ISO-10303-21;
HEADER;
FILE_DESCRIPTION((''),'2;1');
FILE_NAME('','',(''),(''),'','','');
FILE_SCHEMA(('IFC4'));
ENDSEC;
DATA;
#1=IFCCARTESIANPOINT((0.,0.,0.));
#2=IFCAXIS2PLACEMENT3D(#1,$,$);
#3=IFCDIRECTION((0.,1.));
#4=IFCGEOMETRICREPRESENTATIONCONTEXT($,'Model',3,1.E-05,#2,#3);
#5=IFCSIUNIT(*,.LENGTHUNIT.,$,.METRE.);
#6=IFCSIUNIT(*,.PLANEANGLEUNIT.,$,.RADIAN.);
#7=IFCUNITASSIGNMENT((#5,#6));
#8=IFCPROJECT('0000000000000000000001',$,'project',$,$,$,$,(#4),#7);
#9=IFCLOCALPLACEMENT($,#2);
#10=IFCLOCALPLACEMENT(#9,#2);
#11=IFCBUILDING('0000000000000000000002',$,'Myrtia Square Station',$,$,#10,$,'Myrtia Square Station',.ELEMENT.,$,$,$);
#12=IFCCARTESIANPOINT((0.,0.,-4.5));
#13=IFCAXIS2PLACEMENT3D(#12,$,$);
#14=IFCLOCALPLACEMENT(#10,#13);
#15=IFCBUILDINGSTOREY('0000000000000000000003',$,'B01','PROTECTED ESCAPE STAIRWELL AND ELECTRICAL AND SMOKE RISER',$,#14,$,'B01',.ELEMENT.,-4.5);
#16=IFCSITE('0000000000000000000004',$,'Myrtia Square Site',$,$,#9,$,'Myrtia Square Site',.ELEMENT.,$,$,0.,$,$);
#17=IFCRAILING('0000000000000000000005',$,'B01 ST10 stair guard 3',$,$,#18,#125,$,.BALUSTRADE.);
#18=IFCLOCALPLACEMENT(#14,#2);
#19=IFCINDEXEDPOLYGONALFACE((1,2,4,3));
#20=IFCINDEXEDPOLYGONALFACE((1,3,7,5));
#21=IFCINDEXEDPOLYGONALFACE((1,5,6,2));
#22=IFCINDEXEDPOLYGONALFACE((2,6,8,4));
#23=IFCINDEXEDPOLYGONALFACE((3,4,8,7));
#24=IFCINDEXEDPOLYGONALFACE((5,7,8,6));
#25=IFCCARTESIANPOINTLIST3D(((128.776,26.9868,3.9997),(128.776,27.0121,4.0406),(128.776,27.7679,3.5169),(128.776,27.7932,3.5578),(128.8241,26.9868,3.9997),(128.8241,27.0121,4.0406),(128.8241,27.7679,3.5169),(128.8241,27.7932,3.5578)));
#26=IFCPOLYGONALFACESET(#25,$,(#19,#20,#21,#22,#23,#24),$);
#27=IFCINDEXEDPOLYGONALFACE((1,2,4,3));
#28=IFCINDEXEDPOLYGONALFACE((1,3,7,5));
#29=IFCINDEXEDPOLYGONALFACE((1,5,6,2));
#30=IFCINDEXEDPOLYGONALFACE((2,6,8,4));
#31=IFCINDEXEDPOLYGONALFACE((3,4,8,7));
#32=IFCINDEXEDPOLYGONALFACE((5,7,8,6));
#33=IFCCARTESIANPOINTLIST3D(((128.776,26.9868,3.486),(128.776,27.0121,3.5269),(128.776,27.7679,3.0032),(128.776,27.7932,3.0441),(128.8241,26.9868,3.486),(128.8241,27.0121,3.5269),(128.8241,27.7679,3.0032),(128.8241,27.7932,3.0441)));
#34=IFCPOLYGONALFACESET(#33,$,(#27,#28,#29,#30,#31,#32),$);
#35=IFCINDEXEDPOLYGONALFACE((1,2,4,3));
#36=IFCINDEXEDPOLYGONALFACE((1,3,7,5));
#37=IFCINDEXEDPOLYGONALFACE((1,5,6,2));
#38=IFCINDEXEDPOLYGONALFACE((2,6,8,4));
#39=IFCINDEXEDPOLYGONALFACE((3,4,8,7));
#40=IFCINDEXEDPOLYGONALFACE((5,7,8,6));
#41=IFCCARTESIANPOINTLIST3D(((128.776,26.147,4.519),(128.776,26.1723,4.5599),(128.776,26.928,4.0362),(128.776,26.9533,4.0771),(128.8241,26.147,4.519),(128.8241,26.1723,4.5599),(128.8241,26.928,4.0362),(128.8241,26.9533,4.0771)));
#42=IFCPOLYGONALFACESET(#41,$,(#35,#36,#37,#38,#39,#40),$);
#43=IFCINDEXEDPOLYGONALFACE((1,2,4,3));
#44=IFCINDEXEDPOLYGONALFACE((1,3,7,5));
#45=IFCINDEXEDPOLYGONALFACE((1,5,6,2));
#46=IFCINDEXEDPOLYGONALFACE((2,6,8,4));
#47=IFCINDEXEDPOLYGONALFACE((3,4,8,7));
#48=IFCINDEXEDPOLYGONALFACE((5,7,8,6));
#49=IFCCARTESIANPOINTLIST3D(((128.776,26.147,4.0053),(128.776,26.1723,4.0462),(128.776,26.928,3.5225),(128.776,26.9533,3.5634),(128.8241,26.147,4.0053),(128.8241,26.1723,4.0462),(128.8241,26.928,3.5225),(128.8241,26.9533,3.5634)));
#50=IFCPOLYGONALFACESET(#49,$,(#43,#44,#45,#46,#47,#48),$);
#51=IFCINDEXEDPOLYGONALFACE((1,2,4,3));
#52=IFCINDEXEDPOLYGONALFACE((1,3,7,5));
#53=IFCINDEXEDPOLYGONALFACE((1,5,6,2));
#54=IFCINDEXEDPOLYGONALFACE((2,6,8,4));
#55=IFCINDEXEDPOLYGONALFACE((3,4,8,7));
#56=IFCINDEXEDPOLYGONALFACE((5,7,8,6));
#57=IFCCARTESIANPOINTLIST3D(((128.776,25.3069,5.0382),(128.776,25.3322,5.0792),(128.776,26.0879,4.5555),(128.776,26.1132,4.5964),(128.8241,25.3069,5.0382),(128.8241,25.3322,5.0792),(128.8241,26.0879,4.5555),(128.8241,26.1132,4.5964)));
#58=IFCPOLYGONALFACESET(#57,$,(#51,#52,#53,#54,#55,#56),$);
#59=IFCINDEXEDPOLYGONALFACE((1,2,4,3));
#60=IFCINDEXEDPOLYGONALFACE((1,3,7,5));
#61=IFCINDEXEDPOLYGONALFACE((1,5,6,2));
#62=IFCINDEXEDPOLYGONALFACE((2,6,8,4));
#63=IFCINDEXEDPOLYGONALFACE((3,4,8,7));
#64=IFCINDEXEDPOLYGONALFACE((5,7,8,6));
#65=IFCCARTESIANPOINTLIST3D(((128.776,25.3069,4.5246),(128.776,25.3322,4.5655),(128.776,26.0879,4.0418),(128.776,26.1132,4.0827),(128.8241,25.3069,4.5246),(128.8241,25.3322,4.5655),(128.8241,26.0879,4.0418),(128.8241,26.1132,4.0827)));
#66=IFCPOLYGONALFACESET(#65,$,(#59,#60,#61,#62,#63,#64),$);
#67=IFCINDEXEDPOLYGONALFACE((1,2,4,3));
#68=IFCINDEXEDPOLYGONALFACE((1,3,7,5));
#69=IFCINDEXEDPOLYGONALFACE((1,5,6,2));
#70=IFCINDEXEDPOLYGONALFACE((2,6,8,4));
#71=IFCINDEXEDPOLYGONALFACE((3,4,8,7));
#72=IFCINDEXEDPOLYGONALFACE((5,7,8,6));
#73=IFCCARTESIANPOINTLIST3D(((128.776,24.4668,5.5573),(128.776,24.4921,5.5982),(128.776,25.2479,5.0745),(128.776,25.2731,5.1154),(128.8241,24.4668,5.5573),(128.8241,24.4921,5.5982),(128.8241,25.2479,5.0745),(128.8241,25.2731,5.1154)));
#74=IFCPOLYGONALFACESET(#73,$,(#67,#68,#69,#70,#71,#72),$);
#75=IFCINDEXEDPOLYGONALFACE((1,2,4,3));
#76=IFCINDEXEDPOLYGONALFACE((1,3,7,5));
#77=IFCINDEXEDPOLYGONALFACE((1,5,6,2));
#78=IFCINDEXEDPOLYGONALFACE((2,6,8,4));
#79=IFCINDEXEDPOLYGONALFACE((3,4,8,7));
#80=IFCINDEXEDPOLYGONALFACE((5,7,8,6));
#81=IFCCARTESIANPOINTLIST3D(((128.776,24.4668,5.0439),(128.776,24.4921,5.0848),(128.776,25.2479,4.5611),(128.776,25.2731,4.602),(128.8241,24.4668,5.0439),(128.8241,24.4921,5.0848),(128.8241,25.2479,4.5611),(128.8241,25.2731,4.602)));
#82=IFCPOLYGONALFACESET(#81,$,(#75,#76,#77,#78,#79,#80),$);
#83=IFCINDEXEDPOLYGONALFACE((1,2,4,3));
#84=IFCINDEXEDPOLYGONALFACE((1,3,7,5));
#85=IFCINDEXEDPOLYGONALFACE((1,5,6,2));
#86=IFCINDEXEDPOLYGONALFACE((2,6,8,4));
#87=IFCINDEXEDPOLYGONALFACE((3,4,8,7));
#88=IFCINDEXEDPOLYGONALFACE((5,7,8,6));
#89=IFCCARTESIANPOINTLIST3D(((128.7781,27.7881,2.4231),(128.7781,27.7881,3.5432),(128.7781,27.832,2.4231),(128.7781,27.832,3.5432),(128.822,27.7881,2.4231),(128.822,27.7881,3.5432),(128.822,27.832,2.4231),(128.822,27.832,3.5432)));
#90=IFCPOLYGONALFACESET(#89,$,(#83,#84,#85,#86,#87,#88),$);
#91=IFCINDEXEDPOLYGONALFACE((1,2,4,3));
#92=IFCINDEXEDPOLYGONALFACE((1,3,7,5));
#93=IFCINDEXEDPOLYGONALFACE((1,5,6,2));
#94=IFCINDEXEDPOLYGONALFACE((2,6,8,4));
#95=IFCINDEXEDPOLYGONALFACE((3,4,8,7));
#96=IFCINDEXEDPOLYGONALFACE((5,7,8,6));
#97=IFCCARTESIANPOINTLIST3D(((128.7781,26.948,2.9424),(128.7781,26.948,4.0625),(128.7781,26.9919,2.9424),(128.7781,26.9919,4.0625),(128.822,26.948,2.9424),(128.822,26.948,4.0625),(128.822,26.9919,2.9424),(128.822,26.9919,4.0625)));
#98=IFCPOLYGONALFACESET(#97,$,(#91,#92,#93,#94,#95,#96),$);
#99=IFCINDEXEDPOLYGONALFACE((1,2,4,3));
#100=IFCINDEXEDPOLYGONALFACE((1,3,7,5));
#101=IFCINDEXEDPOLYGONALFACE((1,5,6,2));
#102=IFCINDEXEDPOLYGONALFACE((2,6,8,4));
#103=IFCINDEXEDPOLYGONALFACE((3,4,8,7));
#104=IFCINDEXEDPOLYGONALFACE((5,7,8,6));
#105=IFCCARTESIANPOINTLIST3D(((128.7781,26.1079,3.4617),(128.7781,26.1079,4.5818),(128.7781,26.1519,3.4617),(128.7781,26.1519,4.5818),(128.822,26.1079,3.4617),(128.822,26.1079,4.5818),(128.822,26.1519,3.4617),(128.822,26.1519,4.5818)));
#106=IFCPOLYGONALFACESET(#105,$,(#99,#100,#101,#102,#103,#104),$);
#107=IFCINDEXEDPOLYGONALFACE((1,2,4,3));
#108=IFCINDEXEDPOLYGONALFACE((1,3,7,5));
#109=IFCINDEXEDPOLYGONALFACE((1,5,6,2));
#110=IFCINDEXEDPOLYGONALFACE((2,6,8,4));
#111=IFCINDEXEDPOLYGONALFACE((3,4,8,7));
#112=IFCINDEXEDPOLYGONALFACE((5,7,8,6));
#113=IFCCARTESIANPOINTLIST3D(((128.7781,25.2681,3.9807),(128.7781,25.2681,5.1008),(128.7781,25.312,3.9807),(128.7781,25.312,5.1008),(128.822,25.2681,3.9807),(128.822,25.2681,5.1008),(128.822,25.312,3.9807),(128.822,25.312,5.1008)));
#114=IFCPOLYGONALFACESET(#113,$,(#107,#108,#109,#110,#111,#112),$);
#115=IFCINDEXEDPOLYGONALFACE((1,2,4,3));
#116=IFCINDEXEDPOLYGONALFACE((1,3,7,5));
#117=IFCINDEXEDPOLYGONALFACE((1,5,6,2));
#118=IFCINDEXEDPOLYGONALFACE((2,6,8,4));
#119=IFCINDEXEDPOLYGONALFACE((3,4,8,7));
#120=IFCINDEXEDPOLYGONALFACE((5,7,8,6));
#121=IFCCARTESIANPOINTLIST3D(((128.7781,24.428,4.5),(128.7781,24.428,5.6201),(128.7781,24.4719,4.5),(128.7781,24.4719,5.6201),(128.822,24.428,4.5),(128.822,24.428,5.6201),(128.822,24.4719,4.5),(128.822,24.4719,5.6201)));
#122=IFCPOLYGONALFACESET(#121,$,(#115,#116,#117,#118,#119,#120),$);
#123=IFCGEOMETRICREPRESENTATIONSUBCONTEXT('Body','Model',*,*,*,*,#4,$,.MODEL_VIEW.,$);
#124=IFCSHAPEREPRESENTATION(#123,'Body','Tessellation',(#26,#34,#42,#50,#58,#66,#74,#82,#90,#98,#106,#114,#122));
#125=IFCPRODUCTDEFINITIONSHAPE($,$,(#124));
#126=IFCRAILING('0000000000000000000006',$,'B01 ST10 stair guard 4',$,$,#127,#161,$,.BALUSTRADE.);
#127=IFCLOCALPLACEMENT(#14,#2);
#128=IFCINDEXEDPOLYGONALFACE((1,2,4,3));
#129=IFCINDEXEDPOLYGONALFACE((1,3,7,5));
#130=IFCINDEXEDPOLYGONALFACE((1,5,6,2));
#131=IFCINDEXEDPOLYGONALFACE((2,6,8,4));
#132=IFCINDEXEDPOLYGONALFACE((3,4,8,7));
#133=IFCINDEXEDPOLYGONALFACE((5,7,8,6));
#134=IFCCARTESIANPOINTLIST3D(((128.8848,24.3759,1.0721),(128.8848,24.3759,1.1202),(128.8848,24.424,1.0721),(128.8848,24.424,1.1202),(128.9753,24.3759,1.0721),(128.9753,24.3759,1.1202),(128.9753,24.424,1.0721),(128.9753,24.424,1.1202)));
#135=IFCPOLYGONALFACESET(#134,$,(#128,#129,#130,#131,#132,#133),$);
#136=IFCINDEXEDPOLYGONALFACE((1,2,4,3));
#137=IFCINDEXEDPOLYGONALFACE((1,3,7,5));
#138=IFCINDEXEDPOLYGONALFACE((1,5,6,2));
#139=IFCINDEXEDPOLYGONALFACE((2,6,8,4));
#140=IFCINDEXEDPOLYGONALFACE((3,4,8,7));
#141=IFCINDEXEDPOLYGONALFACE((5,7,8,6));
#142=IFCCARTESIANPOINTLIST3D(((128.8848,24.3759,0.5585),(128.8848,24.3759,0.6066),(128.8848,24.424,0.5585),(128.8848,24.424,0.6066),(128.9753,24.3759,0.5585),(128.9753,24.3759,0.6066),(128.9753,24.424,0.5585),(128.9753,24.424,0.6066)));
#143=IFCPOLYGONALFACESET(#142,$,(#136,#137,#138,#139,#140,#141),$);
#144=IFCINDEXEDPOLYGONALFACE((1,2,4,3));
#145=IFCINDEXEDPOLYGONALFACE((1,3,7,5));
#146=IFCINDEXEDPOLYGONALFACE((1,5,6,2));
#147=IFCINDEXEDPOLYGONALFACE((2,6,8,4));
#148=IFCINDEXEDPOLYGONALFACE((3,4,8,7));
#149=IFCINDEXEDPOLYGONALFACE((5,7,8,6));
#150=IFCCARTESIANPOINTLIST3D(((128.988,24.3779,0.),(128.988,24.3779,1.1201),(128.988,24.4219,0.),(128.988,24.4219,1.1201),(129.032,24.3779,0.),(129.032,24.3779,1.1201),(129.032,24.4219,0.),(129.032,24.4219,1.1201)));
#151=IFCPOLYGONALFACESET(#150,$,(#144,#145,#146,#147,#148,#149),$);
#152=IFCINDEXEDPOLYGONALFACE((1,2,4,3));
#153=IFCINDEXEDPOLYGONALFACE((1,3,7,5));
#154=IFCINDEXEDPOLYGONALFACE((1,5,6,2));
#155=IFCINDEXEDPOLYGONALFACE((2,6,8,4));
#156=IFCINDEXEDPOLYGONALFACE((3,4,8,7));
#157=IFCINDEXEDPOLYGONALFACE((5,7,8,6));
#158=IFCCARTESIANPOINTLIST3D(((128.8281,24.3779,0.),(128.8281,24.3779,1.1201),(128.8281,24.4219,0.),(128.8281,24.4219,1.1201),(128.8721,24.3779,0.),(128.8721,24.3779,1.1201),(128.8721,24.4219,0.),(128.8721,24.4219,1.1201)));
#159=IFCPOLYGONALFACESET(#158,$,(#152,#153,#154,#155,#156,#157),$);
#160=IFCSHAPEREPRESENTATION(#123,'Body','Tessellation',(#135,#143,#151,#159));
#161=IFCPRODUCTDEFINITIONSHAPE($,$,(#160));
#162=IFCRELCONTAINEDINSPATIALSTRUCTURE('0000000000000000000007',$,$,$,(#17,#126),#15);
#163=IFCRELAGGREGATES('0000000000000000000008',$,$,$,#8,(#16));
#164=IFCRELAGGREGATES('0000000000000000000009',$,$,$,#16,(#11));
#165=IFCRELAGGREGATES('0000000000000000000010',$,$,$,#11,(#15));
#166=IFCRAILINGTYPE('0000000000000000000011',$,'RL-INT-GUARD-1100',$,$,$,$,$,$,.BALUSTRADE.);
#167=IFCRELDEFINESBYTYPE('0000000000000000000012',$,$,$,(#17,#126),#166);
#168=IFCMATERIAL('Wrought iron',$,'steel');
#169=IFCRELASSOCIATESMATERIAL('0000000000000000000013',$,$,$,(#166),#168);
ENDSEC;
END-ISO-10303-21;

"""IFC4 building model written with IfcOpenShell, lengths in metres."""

from ifc_helpers import new_model, si_unit, direction, frame, origin, origin_2d, place, context, subcontext, project, spatial, rectangle, extrude, material, type_object, element, save


model = new_model("IFC4")

# Units and contexts
model_context = context("Model", 3, precision=1e-05, world=origin(), true_north=direction((0.0, 1.0)))
body_context = subcontext(model_context, "Body", "Model", "MODEL_VIEW")
ifc_project = project(units=[si_unit("LENGTHUNIT", "METRE"), si_unit("PLANEANGLEUNIT", "RADIAN")], contexts=[model_context])

# Site, building, storey
site_placement = place(None, origin())
site = spatial("IfcSite", under=ifc_project, at=site_placement, Name="Myrtia Square Site", LongName="Myrtia Square Site", CompositionType="ELEMENT", RefElevation=0.0)
building_placement = place(site_placement, origin())
building = spatial("IfcBuilding", under=site, at=building_placement, Name="Myrtia Square Station", LongName="Myrtia Square Station", CompositionType="ELEMENT")
storey_placement = place(building_placement, frame((0.0, 0.0, -4.5)))
storey = spatial("IfcBuildingStorey", under=building, at=storey_placement, Name="B01", Description="PROTECTED ESCAPE STAIRWELL AND ELECTRICAL AND SMOKE RISER", LongName="B01", CompositionType="ELEMENT", Elevation=-4.5)

# Railings
ifc_material_1 = material(Name="Wrought iron", Category="steel")
railing_type_1 = type_object("IfcRailingType", Name="RL-INT-GUARD-1100", PredefinedType="BALUSTRADE", material=ifc_material_1)
railing_1_placement = place(storey_placement, frame((128.8, 27.8101, 2.4231)))
element("IfcRailing", 1, at=railing_1_placement, inside=storey, type_object=railing_type_1, Name="B01 ST10 stair guard 3", PredefinedType="BALUSTRADE", context=body_context, shape_type="SweptSolid", body=[
    extrude(rectangle(XDim=0.0481, YDim=0.0481, at=origin_2d()), frame((0.0, -0.0295, 1.1143), z_axis=(0.0, -0.850623, 0.525776), x_axis=(1.0, 0.0, 0.0)), (0.0, 0.0, 1.0), 0.9182),
    extrude(rectangle(XDim=0.0481, YDim=0.0481, at=origin_2d()), frame((0.0, -0.0295, 0.6006), z_axis=(0.0, -0.850623, 0.525776), x_axis=(1.0, 0.0, 0.0)), (0.0, 0.0, 1.0), 0.9182),
    extrude(rectangle(XDim=0.0481, YDim=0.0481, at=origin_2d()), frame((0.0, -0.8694, 1.6335), z_axis=(0.0, -0.850623, 0.525776), x_axis=(1.0, 0.0, 0.0)), (0.0, 0.0, 1.0), 0.9182),
    extrude(rectangle(XDim=0.0481, YDim=0.0481, at=origin_2d()), frame((0.0, -0.8694, 1.1199), z_axis=(0.0, -0.850623, 0.525776), x_axis=(1.0, 0.0, 0.0)), (0.0, 0.0, 1.0), 0.9182),
    extrude(rectangle(XDim=0.0481, YDim=0.0481, at=origin_2d()), frame((0.0, -1.7095, 2.1528), z_axis=(0.0, -0.850623, 0.525776), x_axis=(1.0, 0.0, 0.0)), (0.0, 0.0, 1.0), 0.9182),
    extrude(rectangle(XDim=0.0481, YDim=0.0481, at=origin_2d()), frame((0.0, -1.7095, 1.6392), z_axis=(0.0, -0.850623, 0.525776), x_axis=(1.0, 0.0, 0.0)), (0.0, 0.0, 1.0), 0.9182),
    extrude(rectangle(XDim=0.0481, YDim=0.0481, at=origin_2d()), frame((0.0, -2.5496, 2.6719), z_axis=(0.0, -0.850623, 0.525776), x_axis=(1.0, 0.0, 0.0)), (0.0, 0.0, 1.0), 0.9182),
    extrude(rectangle(XDim=0.0481, YDim=0.0481, at=origin_2d()), frame((0.0, -2.5496, 2.1584), z_axis=(0.0, -0.850623, 0.525776), x_axis=(1.0, 0.0, 0.0)), (0.0, 0.0, 1.0), 0.9182),
    extrude(rectangle(XDim=0.0439, YDim=0.0439, at=origin_2d()), origin(), (0.0, 0.0, 1.0), 1.1201),
    extrude(rectangle(XDim=0.0439, YDim=0.0439, at=origin_2d()), frame((0.0, -0.8401, 0.5193)), (0.0, 0.0, 1.0), 1.1201),
    extrude(rectangle(XDim=0.0439, YDim=0.0439, at=origin_2d()), frame((0.0, -1.6802, 1.0386)), (0.0, 0.0, 1.0), 1.1201),
    extrude(rectangle(XDim=0.0439, YDim=0.0439, at=origin_2d()), frame((0.0, -2.52, 1.5576)), (0.0, 0.0, 1.0), 1.1201),
    extrude(rectangle(XDim=0.0439, YDim=0.0439, at=origin_2d()), frame((0.0, -3.3601, 2.0769)), (0.0, 0.0, 1.0), 1.1201),
])
railing_2_placement = place(storey_placement, frame((129.01, 24.3999, 0.0)))
element("IfcRailing", 2, at=railing_2_placement, inside=storey, type_object=railing_type_1, Name="B01 ST10 stair guard 4", PredefinedType="BALUSTRADE", context=body_context, shape_type="SweptSolid", body=[
    extrude(rectangle(XDim=0.0481, YDim=0.0481, at=origin_2d()), frame((-0.0347, 0.0, 1.0962), z_axis=(-1.0, 0.0, 0.0), x_axis=(0.0, -1.0, 0.0)), (0.0, 0.0, 1.0), 0.0906),
    extrude(rectangle(XDim=0.0481, YDim=0.0481, at=origin_2d()), frame((-0.0347, 0.0, 0.5825), z_axis=(-1.0, 0.0, 0.0), x_axis=(0.0, -1.0, 0.0)), (0.0, 0.0, 1.0), 0.0906),
    extrude(rectangle(XDim=0.0439, YDim=0.0439, at=origin_2d()), origin(), (0.0, 0.0, 1.0), 1.1201),
    extrude(rectangle(XDim=0.0439, YDim=0.0439, at=origin_2d()), frame((-0.1599, 0.0, 0.0)), (0.0, 0.0, 1.0), 1.1201),
])

save(model, "model.ifc")
